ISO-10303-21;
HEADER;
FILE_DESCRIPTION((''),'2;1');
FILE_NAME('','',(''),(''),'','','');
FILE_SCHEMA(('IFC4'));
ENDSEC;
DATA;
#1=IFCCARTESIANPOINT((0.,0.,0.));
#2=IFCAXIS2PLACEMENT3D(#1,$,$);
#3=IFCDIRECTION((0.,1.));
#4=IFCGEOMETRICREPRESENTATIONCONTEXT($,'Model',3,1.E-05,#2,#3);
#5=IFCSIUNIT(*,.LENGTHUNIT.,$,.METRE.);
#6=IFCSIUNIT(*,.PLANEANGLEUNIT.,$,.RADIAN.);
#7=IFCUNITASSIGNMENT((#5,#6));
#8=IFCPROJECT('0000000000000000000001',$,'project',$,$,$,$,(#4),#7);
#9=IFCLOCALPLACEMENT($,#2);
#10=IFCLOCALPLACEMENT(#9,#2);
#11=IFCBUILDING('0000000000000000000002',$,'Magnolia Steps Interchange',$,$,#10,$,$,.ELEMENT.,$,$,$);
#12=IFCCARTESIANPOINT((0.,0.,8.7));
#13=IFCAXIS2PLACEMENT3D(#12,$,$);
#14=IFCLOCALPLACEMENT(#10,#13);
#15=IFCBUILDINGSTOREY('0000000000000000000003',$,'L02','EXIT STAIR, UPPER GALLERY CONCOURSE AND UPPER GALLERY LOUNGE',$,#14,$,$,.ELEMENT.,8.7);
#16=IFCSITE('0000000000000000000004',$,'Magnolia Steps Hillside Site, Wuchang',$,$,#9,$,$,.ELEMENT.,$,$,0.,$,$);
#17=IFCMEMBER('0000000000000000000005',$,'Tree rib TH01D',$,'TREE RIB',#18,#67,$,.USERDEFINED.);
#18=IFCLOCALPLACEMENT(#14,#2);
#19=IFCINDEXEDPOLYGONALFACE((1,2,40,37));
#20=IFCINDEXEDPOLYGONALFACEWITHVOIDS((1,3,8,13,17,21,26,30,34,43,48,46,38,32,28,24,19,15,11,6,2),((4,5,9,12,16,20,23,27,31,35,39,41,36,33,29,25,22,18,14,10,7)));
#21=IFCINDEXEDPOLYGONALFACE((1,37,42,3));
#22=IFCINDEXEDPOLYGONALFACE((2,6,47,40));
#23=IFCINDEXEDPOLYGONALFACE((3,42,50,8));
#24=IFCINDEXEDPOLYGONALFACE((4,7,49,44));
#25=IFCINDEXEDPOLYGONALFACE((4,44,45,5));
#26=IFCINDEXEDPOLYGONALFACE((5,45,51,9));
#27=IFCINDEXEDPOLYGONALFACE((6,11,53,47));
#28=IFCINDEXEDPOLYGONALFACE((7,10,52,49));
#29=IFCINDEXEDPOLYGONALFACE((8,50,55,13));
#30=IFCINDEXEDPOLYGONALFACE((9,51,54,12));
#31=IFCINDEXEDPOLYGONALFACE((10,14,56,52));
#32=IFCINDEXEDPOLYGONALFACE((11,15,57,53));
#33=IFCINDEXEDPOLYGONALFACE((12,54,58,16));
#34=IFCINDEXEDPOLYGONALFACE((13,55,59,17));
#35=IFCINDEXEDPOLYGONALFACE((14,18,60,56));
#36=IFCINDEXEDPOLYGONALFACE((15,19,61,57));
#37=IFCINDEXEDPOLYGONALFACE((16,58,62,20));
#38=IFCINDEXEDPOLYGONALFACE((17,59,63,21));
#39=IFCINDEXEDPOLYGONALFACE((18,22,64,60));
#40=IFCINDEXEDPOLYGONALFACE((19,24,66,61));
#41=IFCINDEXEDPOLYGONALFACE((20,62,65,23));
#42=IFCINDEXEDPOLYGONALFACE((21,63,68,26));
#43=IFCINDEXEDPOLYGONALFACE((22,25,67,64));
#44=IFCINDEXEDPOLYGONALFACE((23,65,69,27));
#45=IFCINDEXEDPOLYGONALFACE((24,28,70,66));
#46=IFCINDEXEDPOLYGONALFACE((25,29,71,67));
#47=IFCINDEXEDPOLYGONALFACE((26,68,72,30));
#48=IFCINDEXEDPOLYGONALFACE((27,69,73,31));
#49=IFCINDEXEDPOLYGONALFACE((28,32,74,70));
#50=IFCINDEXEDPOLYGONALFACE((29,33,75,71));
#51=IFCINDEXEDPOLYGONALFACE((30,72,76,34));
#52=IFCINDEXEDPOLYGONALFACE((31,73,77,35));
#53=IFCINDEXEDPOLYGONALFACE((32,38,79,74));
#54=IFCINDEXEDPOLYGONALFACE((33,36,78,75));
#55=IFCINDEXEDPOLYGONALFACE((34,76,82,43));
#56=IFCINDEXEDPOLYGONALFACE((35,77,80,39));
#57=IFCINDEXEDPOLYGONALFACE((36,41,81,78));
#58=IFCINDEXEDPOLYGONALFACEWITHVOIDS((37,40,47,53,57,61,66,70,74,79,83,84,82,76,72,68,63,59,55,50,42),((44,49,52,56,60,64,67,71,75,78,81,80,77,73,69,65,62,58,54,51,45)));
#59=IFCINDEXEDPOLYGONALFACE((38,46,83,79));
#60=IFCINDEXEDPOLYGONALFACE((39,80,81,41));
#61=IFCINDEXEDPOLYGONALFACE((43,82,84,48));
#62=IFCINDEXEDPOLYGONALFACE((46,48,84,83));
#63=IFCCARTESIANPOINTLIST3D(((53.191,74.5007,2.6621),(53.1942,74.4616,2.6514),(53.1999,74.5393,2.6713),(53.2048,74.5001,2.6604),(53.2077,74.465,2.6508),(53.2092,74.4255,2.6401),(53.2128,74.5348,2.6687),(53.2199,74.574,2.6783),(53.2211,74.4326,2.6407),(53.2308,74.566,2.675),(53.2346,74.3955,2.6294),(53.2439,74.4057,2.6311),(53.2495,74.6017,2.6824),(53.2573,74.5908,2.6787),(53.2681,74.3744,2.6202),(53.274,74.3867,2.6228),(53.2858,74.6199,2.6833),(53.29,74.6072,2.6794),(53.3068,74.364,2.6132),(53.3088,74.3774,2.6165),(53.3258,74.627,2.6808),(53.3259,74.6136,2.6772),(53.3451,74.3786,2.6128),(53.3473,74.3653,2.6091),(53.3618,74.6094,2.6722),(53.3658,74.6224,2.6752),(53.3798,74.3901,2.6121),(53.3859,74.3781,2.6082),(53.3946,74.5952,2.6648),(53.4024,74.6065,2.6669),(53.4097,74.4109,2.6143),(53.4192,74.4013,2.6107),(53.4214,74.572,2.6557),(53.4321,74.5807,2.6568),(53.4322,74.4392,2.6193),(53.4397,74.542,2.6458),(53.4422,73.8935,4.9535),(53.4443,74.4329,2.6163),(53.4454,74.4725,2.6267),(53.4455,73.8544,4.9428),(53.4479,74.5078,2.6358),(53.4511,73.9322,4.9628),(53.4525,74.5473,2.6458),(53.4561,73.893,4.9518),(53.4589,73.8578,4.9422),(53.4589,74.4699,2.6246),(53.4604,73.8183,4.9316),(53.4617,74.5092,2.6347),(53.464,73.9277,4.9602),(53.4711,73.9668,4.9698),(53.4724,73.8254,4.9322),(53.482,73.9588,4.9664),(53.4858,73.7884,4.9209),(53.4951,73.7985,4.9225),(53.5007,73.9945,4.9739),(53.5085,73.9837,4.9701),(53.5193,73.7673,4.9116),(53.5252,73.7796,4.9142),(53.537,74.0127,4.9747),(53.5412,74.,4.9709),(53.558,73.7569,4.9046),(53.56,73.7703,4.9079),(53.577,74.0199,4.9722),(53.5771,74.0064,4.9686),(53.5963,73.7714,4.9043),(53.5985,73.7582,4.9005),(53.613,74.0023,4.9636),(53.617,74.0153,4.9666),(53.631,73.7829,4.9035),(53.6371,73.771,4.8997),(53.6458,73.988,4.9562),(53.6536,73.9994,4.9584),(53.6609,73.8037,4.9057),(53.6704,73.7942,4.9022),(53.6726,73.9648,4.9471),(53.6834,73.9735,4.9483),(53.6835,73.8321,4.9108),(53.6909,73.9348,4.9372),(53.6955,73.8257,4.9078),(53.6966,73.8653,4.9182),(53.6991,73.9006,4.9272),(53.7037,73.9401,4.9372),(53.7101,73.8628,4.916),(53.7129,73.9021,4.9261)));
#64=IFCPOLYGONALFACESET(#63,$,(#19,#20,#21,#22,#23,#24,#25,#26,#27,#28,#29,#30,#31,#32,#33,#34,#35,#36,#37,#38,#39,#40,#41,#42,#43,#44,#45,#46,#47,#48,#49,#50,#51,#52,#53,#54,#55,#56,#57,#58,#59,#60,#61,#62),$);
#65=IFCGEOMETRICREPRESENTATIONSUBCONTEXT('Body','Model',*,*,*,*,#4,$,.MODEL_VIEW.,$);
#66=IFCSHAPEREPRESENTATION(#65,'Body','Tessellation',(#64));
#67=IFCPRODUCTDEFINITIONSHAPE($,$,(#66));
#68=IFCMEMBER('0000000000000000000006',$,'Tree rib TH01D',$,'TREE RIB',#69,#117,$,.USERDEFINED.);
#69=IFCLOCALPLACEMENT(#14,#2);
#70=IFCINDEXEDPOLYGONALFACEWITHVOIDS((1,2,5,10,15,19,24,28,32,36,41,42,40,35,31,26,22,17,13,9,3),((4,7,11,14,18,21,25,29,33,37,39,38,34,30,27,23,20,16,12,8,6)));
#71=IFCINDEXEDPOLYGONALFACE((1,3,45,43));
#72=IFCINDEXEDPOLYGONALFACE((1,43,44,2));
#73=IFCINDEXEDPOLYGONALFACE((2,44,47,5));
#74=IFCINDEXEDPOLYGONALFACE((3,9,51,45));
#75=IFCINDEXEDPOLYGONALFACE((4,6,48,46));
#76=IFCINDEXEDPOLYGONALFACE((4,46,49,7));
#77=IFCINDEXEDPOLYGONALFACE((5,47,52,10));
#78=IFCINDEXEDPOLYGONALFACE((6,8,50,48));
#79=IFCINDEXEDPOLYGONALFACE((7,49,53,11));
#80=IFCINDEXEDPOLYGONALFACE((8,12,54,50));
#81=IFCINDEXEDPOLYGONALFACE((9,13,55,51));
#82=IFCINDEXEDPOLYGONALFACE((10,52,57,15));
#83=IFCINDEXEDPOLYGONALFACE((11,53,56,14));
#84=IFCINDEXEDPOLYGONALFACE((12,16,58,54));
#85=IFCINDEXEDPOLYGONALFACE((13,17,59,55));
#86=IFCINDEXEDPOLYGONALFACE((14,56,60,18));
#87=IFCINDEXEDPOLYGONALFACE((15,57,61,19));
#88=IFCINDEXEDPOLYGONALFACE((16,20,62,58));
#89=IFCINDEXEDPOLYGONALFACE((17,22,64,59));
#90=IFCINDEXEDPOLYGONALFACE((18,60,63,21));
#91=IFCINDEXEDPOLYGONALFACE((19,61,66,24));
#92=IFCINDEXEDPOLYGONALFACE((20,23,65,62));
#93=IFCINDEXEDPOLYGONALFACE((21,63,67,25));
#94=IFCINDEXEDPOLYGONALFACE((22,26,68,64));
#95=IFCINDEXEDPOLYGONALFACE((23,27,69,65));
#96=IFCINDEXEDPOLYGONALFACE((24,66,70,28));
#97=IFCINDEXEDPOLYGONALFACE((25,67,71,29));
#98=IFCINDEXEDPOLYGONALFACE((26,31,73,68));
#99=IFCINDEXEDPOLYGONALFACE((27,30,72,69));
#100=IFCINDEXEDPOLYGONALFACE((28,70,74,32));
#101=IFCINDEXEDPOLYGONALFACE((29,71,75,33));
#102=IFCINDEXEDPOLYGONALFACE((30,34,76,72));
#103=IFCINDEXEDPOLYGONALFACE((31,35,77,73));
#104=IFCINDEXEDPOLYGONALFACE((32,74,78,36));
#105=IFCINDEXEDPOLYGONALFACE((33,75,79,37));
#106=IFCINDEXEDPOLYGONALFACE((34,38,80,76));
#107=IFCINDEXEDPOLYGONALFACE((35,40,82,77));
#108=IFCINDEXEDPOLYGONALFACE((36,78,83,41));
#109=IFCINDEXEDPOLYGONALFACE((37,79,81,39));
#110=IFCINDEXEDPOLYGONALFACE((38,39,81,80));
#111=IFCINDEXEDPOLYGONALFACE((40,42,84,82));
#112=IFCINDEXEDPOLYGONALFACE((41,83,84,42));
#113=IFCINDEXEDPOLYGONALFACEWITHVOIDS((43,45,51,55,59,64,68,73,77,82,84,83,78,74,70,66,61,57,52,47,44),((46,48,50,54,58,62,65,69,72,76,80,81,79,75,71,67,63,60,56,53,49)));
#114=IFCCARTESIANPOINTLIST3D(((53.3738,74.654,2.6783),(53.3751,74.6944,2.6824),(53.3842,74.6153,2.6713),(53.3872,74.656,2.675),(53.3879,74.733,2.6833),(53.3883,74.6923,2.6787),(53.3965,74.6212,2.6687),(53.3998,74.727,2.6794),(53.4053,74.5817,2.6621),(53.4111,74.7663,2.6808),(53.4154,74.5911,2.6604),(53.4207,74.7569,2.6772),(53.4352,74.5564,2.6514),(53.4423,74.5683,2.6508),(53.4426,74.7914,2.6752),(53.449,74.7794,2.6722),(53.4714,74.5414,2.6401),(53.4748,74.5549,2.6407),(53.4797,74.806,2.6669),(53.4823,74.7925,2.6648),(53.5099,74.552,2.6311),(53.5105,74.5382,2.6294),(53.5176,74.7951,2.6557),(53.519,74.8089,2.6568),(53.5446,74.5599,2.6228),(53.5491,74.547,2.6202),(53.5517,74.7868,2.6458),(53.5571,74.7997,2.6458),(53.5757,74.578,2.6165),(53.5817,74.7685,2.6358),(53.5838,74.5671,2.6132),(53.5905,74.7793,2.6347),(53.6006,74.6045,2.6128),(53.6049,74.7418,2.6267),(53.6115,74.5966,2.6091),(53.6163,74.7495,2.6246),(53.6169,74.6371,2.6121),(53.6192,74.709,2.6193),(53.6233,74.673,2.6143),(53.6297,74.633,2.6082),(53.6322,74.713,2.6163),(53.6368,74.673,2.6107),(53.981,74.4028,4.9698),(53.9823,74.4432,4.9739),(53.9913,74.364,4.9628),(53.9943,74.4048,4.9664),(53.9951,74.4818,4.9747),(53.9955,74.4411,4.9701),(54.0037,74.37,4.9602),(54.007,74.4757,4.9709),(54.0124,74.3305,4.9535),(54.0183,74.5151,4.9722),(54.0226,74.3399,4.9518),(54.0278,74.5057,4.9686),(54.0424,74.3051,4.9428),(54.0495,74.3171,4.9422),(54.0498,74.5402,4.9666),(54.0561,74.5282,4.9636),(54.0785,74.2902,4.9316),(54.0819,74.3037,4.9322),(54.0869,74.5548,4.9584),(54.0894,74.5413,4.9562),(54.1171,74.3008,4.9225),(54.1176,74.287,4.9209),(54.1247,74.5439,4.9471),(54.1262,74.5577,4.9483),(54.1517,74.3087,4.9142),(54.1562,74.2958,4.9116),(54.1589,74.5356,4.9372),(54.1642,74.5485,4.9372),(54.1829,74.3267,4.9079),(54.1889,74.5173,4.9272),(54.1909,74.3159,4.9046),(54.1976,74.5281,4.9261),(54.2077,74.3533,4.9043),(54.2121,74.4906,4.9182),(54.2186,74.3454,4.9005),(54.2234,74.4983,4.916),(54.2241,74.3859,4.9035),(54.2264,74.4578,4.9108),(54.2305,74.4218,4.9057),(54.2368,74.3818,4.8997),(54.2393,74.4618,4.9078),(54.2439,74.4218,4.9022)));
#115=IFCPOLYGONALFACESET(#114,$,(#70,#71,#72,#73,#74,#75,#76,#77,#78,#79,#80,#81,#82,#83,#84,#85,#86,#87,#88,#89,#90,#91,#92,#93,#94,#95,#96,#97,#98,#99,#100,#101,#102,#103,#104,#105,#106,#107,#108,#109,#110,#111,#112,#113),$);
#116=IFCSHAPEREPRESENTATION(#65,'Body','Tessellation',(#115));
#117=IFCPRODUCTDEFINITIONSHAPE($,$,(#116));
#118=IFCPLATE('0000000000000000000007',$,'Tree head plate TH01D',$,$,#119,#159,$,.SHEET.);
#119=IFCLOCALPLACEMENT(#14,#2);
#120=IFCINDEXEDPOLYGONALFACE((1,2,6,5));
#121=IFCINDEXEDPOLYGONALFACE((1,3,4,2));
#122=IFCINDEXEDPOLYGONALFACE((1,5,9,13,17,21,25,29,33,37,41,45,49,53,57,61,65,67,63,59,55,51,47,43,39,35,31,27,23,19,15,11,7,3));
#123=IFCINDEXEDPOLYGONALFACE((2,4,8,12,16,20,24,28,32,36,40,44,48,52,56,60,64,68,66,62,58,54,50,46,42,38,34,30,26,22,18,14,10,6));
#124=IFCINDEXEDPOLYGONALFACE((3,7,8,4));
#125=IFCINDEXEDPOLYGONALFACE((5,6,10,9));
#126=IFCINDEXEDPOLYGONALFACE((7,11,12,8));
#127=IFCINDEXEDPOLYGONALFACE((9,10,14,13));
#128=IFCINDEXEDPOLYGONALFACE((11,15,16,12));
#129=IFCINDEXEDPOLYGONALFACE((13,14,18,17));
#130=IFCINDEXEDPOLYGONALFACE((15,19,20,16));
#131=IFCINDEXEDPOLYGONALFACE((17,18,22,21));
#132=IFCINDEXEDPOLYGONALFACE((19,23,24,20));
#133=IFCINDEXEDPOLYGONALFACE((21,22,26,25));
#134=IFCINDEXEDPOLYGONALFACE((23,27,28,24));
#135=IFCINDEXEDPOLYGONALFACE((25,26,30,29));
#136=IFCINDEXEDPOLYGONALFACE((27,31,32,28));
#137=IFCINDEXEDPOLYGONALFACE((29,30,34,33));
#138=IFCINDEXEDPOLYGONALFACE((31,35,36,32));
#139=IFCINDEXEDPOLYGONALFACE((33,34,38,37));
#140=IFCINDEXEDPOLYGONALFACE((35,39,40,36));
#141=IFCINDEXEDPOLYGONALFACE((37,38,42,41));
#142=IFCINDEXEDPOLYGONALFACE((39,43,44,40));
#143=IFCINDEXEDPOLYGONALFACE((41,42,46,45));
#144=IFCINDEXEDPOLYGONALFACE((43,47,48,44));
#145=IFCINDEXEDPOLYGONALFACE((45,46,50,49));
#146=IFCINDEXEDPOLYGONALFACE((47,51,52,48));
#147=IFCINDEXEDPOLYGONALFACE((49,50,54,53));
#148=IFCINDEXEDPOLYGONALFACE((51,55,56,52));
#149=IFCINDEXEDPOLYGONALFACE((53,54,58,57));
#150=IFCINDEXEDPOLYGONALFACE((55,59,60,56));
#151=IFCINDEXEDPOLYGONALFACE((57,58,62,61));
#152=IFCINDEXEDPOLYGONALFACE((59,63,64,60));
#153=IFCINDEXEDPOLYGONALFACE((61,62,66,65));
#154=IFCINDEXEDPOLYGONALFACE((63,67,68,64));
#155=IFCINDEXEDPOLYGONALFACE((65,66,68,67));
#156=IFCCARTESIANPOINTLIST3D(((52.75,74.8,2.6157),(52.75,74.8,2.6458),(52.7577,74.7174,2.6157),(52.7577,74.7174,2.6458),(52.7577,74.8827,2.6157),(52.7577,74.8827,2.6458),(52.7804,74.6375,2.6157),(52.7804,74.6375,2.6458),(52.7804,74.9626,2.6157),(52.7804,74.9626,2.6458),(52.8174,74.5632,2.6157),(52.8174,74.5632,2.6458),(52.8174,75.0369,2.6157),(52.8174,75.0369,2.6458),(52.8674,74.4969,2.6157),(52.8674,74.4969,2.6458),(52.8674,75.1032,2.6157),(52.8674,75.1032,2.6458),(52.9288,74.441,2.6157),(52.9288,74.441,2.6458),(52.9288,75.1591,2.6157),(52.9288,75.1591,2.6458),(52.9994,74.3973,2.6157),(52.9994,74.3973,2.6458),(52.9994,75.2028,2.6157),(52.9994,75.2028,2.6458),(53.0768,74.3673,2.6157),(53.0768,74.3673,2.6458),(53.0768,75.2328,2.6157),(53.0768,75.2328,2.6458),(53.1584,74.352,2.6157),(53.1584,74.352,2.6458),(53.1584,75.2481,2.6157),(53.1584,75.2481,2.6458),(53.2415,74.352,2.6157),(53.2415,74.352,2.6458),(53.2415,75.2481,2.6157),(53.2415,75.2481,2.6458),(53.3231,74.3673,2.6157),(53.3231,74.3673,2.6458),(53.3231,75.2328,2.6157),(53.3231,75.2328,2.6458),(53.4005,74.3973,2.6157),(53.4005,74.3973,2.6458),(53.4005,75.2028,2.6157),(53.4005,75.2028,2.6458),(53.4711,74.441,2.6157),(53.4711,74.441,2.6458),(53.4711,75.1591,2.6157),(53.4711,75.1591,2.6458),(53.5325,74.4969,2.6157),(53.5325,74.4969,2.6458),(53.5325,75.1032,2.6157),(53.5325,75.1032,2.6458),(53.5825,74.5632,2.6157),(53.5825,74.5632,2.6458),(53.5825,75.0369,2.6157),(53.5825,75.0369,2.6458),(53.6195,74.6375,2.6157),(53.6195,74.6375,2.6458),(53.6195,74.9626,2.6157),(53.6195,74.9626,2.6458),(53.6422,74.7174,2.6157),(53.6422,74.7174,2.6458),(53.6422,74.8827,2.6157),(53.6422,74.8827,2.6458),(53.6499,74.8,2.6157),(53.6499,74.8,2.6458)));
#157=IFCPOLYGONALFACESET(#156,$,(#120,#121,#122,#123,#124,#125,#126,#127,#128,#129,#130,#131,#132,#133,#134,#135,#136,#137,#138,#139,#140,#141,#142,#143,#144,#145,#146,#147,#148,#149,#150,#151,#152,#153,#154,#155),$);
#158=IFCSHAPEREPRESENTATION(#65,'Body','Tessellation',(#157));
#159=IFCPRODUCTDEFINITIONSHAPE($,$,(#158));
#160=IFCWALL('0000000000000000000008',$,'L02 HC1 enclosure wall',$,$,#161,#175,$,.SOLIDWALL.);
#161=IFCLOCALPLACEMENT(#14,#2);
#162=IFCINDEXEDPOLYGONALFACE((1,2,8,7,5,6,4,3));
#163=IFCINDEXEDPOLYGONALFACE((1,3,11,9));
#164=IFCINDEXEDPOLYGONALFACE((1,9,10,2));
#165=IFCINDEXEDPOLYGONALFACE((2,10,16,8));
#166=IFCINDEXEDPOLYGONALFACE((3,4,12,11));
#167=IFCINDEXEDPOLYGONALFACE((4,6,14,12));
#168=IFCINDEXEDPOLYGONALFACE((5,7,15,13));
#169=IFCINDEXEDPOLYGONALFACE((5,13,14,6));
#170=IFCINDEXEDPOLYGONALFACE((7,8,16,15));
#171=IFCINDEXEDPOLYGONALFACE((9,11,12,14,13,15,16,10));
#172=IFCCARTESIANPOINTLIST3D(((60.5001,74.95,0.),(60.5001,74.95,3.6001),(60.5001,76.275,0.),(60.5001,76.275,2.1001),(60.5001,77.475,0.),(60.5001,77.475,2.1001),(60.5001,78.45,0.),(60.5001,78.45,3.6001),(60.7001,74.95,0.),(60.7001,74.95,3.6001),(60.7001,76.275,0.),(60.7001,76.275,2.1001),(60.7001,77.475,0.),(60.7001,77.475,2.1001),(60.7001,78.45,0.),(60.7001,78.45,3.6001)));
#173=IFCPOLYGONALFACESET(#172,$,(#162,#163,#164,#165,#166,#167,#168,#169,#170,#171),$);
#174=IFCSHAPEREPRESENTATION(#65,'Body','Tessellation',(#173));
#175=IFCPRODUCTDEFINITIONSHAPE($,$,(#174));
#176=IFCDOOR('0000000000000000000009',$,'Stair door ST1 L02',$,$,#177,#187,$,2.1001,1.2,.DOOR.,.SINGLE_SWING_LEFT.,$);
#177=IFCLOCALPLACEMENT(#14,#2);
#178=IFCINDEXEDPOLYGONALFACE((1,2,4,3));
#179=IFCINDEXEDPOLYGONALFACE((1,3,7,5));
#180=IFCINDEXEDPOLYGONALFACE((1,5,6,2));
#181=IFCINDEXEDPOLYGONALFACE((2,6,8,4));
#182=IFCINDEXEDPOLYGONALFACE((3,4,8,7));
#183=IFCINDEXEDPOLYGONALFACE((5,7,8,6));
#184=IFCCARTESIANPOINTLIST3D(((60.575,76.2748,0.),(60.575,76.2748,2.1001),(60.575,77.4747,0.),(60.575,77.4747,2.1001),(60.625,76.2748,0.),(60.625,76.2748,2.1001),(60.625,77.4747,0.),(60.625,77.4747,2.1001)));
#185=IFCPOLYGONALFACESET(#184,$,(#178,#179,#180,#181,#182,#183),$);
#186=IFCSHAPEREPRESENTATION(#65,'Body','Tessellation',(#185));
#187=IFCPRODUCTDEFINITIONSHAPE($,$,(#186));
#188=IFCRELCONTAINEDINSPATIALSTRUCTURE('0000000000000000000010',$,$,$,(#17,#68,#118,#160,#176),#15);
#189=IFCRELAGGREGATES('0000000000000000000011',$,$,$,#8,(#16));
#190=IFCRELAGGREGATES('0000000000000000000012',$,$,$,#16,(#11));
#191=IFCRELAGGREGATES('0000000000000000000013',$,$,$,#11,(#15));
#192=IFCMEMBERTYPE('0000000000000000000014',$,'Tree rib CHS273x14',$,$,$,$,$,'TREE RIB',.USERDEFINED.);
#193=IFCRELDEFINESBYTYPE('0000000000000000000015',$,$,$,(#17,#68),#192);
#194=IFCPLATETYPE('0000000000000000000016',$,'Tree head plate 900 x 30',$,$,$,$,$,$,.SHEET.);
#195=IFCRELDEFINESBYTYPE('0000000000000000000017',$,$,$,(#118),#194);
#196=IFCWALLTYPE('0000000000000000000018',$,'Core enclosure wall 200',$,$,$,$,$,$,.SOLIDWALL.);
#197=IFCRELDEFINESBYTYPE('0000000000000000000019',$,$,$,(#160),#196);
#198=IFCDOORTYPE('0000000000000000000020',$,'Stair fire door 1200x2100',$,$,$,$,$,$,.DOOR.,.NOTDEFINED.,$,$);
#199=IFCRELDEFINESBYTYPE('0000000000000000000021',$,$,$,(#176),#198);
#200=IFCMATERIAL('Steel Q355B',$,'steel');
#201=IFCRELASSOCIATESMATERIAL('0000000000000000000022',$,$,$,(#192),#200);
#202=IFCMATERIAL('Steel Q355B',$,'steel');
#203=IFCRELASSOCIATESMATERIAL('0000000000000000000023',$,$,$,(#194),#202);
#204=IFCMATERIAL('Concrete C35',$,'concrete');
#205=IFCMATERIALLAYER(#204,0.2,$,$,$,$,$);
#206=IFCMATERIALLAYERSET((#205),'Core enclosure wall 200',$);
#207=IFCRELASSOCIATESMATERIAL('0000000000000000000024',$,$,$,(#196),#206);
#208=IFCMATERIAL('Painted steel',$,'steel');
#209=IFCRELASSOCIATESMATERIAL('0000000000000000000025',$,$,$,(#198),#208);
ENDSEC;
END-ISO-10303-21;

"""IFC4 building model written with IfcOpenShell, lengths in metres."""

from ifc_helpers import new_model, si_unit, direction, frame, frame_2d, origin, origin_2d, place, context, subcontext, project, spatial, rectangle, circle, hollow_circle, extrude, material, layer, layer_set, material_profile, profile_set, type_object, element, fill, save


model = new_model("IFC4")

# Units and contexts
model_context = context("Model", 3, precision=1e-05, world=origin(), true_north=direction((0.0, 1.0)))
body_context = subcontext(model_context, "Body", "Model", "MODEL_VIEW")
ifc_project = project(units=[si_unit("LENGTHUNIT", "METRE"), si_unit("PLANEANGLEUNIT", "RADIAN")], contexts=[model_context])

# Site, building, storey
site_placement = place(None, origin())
site = spatial("IfcSite", under=ifc_project, at=site_placement, Name="Magnolia Steps Hillside Site, Wuchang", CompositionType="ELEMENT", RefElevation=0.0)
building_placement = place(site_placement, origin())
building = spatial("IfcBuilding", under=site, at=building_placement, Name="Magnolia Steps Interchange", CompositionType="ELEMENT")
storey_placement = place(building_placement, frame((0.0, 0.0, 8.7)))
storey = spatial("IfcBuildingStorey", under=building, at=storey_placement, Name="L02", Description="EXIT STAIR, UPPER GALLERY CONCOURSE AND UPPER GALLERY LOUNGE", CompositionType="ELEMENT", Elevation=8.7)

# Members
ifc_material_1 = material(Name="Steel Q355B", Category="steel")
ifc_material_profile_1 = material_profile(ifc_material_1, hollow_circle(Radius=0.1365, WallThickness=0.0139, at=origin_2d()), Name="CHS273x14")
ifc_profile_set_1 = profile_set([ifc_material_profile_1], Name="Steel Q355B")
member_type_1 = type_object("IfcMemberType", Name="Tree rib CHS273x14", ElementType="TREE RIB", PredefinedType="USERDEFINED", material=ifc_profile_set_1)
for number, where, z_axis, x_axis, name in (
    (1, (53.3264, 74.4951, 2.6458), (0.105384, -0.254704, 0.96126), (0.92403, 0.382319, 0.0), "Tree rib TH01D"),
    (2, (53.5049, 74.6736, 2.6458), (0.254704, -0.105384, 0.96126), (0.382319, 0.92403, 0.0), "Tree rib TH01D"),
):
    element("IfcMember", number, at=place(storey_placement, frame(where, z_axis=z_axis, x_axis=x_axis)), inside=storey, type_object=member_type_1, Name=name, ObjectType="TREE RIB", PredefinedType="USERDEFINED", context=body_context, shape_type="SweptSolid", body=[
        extrude(hollow_circle(Radius=0.1365, WallThickness=0.0139, at=origin_2d()), origin(), (0.0, 0.0, 1.0), 2.3838),
    ])

# Plate
ifc_material_2 = material(Name="Steel Q355B", Category="steel")
ifc_material_profile_2 = material_profile(ifc_material_2, circle(Radius=0.45, at=origin_2d()), Name="Tree head plate 900 x 30")
ifc_profile_set_2 = profile_set([ifc_material_profile_2], Name="Steel Q355B")
plate_type = type_object("IfcPlateType", Name="Tree head plate 900 x 30", PredefinedType="SHEET", material=ifc_profile_set_2)
plate_placement = place(storey_placement, frame((53.2, 74.8, 2.6157), z_axis=(0.0, 0.0, 1.0), x_axis=(1.0, 0.0, 0.0)))
element("IfcPlate", 3, at=plate_placement, inside=storey, type_object=plate_type, Name="Tree head plate TH01D", PredefinedType="SHEET", context=body_context, shape_type="SweptSolid", body=[
    extrude(circle(Radius=0.45, at=origin_2d()), origin(), (0.0, 0.0, 1.0), 0.03),
])

# Wall, opening, door
ifc_material_3 = material(Name="Concrete C35", Category="concrete")
ifc_layer_1 = layer(ifc_material_3, 0.2)
ifc_layer_set_1 = layer_set([ifc_layer_1], Name="Core enclosure wall 200")
wall_type_1 = type_object("IfcWallType", Name="Core enclosure wall 200", PredefinedType="SOLIDWALL", material=ifc_layer_set_1)
wall_1_placement = place(storey_placement, frame((60.6001, 74.95, 0.0), z_axis=(0.0, 0.0, 1.0), x_axis=(0.0, 1.0, 0.0)))
wall_1 = element("IfcWall", 4, at=wall_1_placement, inside=storey, type_object=wall_type_1, Name="L02 HC1 enclosure wall", PredefinedType="SOLIDWALL", context=body_context, shape_type="SweptSolid", body=[
    extrude(rectangle(XDim=3.5, YDim=0.2, at=frame_2d((1.75, 0.0))), origin(), (0.0, 0.0, 1.0), 3.6001),
])
opening_placement = place(wall_1_placement, frame((1.325, 0.0, 0.0)))
opening = element("IfcOpeningElement", 5, at=opening_placement, cuts=wall_1, PredefinedType="OPENING", context=body_context, shape_type="SweptSolid", body=[
    extrude(rectangle(XDim=1.2, YDim=2.1001, at=frame_2d((0.6001, 1.05))), frame((0.0, 0.1099, 0.0), z_axis=(0.0, -1.0, 0.0), x_axis=(1.0, 0.0, 0.0)), (0.0, 0.0, 1.0), 0.22),
])
ifc_material_4 = material(Name="Painted steel", Category="steel")
door_type = type_object("IfcDoorType", Name="Stair fire door 1200x2100", OperationType="NOTDEFINED", PredefinedType="DOOR", material=ifc_material_4)
door_placement = place(opening_placement, frame((1.2, 0.0, 0.0), z_axis=(0.0, 0.0, 1.0), x_axis=(-1.0, 0.0, 0.0)))
door = element("IfcDoor", 6, at=door_placement, inside=storey, type_object=door_type, Name="Stair door ST1 L02", OperationType="SINGLE_SWING_LEFT", OverallHeight=2.1001, OverallWidth=1.2, PredefinedType="DOOR", context=body_context, shape_type="SweptSolid", body=[
    extrude(rectangle(XDim=1.2, YDim=2.1001, at=frame_2d((0.6001, 1.05))), frame((0.0, 0.0249, 0.0), z_axis=(0.0, -1.0, 0.0), x_axis=(1.0, 0.0, 0.0)), (0.0, 0.0, 1.0), 0.05),
])
fill(opening, door)

save(model, "model.ifc")
